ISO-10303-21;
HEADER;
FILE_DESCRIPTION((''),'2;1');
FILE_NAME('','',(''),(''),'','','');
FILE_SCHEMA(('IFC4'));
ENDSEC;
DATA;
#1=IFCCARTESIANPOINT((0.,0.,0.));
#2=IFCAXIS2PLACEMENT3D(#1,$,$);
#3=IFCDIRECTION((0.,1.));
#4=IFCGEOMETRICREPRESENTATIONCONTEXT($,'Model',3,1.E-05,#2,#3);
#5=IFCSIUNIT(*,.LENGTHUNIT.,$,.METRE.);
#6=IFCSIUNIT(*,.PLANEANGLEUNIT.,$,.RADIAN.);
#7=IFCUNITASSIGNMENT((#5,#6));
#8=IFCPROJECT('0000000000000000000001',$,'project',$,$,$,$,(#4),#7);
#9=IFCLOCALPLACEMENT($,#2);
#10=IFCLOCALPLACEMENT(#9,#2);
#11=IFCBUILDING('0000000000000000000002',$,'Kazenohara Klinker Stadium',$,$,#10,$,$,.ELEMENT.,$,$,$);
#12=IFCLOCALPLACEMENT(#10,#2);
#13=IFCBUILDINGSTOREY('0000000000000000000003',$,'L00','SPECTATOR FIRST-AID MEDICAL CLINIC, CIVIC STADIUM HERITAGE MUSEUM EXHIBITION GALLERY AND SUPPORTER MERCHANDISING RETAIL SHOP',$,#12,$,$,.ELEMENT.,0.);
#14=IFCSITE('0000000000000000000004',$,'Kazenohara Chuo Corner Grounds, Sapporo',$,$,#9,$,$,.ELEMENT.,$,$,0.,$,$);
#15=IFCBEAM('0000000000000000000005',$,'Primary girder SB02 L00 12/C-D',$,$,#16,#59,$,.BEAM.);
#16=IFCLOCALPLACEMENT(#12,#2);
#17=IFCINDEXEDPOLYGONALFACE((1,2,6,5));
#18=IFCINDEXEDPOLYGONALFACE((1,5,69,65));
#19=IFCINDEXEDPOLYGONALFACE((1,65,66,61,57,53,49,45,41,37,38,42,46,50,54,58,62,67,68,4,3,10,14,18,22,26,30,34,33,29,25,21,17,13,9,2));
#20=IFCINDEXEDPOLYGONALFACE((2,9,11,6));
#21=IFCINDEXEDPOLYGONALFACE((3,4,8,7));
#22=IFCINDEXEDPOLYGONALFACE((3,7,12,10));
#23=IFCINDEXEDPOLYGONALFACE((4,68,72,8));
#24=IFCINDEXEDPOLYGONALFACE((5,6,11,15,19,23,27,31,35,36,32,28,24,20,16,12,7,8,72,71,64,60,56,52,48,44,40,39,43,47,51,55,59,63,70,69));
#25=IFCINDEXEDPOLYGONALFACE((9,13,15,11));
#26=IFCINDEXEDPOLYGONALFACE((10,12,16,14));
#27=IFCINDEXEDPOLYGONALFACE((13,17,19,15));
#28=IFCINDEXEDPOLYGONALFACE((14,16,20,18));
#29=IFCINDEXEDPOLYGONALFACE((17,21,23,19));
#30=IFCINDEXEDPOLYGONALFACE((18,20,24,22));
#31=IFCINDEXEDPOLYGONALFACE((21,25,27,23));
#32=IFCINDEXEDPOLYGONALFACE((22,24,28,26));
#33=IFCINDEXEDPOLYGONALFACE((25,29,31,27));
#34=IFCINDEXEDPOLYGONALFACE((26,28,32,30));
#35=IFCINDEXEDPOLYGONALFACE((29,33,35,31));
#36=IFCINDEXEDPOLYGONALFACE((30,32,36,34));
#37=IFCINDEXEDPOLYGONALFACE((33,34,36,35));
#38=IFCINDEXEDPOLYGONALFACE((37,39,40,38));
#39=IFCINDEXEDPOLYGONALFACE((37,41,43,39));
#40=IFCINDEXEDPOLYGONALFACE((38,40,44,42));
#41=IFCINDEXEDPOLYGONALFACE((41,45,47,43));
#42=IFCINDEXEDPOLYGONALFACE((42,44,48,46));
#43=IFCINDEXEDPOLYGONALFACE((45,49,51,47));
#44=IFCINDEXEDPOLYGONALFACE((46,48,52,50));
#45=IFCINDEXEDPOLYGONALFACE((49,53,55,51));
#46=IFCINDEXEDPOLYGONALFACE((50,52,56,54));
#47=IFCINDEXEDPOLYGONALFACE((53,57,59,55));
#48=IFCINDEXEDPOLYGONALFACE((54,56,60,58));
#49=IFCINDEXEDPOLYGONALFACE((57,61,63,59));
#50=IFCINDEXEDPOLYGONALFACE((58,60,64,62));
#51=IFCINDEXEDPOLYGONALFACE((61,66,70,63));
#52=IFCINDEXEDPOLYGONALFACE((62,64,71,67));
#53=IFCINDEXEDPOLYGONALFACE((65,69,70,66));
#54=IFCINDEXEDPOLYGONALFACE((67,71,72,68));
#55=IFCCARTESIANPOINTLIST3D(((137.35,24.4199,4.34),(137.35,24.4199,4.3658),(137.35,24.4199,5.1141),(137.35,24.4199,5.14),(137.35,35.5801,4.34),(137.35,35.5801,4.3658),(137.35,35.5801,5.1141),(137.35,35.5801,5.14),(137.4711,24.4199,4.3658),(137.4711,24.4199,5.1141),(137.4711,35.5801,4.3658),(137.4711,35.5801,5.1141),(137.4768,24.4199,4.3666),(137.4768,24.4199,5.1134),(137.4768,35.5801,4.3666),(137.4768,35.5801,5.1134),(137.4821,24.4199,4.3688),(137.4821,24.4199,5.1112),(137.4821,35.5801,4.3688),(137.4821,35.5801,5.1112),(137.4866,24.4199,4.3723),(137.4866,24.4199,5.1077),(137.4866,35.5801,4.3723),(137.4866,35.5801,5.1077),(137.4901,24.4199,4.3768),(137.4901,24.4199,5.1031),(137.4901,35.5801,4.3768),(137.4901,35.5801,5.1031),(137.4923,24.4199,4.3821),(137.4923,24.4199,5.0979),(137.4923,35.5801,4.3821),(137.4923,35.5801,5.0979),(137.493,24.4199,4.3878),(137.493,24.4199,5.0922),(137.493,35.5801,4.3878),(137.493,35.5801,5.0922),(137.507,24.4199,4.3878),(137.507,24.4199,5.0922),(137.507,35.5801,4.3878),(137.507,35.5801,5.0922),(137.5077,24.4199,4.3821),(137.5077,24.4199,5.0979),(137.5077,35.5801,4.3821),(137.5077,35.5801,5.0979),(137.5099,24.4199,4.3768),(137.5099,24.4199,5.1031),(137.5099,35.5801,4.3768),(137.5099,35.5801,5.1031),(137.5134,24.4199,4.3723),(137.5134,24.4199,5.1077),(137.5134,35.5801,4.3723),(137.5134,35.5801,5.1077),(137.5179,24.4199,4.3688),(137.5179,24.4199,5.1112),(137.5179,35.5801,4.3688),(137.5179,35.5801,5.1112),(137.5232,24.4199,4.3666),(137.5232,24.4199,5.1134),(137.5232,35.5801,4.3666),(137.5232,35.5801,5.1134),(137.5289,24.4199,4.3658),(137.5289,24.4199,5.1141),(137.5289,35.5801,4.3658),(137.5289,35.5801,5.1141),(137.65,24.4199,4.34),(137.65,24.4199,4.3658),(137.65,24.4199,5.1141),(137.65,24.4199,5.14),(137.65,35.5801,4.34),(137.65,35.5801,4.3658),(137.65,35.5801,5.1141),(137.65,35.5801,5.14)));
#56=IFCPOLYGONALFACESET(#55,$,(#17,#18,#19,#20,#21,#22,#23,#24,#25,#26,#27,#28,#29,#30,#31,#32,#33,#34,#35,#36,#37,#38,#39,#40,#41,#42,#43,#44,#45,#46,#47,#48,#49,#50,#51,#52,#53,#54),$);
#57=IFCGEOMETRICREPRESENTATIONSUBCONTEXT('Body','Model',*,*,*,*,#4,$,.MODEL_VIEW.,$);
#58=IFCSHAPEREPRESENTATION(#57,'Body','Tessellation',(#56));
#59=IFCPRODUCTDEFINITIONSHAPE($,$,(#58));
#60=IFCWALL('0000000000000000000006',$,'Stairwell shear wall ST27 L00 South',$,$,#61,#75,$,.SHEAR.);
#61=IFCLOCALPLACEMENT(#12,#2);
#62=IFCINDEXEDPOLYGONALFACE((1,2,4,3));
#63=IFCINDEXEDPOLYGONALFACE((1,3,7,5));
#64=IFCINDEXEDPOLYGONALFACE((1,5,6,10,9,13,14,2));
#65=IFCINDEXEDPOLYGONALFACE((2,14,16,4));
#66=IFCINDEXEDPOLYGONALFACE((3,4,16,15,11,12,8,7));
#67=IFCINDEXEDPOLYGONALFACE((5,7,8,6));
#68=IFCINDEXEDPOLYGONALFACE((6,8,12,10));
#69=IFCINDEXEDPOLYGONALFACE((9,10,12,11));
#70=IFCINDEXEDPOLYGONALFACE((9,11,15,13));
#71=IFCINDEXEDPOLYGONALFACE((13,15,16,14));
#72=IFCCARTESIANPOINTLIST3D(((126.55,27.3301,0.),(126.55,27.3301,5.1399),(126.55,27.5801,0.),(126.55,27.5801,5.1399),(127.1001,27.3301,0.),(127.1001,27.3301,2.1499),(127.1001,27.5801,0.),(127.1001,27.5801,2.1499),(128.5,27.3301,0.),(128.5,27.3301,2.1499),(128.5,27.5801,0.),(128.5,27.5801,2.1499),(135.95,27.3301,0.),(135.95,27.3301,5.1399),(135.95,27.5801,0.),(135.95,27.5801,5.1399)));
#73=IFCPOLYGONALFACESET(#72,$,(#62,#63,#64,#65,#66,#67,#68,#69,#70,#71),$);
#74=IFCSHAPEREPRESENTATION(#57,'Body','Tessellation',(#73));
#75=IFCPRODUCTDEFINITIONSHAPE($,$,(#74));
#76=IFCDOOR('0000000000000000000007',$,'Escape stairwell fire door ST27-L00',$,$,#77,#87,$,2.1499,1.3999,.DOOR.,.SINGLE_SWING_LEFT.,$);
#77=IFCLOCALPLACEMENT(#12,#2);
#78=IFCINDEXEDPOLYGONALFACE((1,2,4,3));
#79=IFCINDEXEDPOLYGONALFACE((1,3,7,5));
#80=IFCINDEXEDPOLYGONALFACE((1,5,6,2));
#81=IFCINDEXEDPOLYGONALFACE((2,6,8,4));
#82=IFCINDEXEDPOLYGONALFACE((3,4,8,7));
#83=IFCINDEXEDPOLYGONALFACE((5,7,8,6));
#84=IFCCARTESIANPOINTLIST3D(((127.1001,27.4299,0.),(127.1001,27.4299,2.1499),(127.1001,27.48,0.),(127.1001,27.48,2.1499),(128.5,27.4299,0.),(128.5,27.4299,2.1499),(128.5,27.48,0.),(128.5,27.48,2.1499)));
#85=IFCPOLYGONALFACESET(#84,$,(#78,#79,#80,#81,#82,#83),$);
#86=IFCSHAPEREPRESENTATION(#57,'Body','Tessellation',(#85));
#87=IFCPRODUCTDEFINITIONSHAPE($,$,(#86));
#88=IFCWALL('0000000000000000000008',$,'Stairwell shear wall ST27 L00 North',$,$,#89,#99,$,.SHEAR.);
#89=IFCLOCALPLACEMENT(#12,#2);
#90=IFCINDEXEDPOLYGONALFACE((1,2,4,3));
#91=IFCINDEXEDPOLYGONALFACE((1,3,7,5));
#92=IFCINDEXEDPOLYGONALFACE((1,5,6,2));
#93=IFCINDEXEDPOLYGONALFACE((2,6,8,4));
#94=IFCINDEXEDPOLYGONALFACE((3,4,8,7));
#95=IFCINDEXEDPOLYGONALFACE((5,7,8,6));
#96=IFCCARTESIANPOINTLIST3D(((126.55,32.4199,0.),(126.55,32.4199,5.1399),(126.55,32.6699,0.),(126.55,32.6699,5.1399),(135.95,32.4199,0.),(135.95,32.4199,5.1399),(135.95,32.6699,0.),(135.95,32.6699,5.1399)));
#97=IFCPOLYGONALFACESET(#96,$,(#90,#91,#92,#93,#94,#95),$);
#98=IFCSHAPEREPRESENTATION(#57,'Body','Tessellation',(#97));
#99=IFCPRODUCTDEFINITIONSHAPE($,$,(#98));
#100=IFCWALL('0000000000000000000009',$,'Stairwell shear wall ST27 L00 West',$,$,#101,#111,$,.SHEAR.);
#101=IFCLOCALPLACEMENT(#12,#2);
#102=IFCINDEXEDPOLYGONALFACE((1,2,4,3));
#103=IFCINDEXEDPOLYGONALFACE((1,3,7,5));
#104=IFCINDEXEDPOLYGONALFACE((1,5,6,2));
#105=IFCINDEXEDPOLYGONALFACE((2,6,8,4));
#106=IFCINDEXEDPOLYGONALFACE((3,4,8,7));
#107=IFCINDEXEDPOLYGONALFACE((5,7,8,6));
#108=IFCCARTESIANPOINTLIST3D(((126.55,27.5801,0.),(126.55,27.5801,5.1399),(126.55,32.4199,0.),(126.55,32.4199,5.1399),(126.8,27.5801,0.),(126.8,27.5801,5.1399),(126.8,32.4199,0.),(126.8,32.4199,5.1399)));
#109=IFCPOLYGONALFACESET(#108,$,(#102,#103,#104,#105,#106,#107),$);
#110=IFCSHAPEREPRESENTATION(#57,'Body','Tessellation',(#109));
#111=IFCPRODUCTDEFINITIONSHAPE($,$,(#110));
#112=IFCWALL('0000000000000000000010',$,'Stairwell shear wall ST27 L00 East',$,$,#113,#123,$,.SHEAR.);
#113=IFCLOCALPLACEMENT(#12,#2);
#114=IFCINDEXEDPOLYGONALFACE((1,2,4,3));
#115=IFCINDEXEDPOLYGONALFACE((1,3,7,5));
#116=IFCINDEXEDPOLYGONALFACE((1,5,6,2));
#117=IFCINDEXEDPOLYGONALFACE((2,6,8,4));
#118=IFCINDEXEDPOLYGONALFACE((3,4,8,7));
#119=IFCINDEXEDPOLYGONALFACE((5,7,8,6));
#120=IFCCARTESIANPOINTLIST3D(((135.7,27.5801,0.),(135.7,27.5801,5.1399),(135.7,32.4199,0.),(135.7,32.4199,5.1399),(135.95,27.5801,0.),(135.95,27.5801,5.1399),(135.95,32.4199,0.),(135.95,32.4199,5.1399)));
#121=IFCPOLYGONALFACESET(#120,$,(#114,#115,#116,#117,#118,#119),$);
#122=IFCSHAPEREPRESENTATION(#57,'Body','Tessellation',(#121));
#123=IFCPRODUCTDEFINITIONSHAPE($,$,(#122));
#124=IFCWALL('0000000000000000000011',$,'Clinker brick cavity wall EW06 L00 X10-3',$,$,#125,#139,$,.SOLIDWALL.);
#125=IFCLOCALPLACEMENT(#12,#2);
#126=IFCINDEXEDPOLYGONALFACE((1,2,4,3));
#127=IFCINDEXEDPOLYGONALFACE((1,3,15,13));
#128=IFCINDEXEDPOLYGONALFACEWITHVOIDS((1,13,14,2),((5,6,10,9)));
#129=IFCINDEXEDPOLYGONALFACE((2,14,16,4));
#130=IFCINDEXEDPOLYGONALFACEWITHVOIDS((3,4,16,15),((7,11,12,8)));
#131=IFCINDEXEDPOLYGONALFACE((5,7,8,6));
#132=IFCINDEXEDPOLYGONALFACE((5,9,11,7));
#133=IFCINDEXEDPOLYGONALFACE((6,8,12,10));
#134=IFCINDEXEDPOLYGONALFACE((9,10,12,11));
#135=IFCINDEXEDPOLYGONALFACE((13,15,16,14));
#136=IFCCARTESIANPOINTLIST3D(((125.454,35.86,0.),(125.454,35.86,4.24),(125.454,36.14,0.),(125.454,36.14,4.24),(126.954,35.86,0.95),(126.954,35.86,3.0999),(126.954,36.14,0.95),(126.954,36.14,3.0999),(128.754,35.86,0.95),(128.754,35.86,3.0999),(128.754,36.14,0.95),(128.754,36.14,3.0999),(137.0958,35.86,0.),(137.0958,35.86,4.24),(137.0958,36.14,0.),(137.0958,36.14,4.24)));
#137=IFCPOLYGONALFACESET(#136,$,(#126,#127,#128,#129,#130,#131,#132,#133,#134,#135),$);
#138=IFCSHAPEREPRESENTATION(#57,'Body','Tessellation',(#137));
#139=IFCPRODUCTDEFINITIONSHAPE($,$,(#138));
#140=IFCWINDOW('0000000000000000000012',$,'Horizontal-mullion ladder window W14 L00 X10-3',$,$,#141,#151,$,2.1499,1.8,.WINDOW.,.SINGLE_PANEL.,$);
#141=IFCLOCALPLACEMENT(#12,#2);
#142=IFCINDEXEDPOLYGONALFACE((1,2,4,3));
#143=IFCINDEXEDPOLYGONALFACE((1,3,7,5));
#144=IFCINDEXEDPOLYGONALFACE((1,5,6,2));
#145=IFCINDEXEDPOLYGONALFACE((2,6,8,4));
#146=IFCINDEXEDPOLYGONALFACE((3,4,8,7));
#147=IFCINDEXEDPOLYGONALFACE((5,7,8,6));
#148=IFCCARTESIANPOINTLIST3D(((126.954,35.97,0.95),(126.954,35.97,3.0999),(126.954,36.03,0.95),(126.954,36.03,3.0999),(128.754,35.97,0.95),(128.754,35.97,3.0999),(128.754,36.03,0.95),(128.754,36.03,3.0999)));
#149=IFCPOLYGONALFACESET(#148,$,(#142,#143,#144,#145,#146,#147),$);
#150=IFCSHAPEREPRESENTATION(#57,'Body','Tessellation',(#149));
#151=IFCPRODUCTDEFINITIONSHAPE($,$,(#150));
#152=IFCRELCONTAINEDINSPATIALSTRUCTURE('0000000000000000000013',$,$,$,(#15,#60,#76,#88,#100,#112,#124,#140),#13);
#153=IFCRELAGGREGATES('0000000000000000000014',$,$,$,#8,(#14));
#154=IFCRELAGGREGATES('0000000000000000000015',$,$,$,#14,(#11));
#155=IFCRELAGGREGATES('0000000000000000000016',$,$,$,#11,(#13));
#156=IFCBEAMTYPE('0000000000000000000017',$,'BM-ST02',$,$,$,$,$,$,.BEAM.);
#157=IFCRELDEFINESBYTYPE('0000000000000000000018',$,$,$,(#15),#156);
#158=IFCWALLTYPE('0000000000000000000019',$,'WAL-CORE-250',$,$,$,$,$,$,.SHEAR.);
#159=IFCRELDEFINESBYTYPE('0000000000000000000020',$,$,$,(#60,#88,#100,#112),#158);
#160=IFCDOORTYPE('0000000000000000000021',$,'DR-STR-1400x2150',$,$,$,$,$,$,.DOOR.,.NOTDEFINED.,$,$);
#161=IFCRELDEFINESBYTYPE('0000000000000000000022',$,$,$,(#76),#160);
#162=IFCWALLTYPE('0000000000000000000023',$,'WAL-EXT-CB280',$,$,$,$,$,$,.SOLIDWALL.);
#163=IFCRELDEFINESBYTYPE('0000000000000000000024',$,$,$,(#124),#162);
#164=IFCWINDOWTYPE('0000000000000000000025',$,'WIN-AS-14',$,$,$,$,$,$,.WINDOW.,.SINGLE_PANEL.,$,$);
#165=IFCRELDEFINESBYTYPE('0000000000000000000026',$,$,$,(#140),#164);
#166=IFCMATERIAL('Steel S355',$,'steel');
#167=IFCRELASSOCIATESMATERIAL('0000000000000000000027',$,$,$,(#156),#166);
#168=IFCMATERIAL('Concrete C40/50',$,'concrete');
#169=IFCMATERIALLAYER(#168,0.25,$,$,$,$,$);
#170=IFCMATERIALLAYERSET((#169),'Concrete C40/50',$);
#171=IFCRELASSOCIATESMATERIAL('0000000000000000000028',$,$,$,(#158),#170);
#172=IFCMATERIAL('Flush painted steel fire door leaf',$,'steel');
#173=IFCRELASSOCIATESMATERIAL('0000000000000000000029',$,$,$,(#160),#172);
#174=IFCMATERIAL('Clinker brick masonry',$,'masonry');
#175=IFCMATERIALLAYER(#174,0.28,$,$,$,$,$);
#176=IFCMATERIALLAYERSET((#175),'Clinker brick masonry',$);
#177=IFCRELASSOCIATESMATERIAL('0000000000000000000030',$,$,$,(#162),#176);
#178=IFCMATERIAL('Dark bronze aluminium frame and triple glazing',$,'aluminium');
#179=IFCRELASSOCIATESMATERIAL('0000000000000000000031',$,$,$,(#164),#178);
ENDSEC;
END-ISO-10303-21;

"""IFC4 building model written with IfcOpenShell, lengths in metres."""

from ifc_helpers import new_model, si_unit, direction, frame, frame_2d, origin, origin_2d, place, context, subcontext, project, spatial, rectangle, i_section, extrude, material, layer, layer_set, material_profile, profile_set, type_object, element, fill, save


model = new_model("IFC4")

# Units and contexts
model_context = context("Model", 3, precision=1e-05, world=origin(), true_north=direction((0.0, 1.0)))
body_context = subcontext(model_context, "Body", "Model", "MODEL_VIEW")
ifc_project = project(units=[si_unit("LENGTHUNIT", "METRE"), si_unit("PLANEANGLEUNIT", "RADIAN")], contexts=[model_context])

# Site, building, storey
site_placement = place(None, origin())
site = spatial("IfcSite", under=ifc_project, at=site_placement, Name="Kazenohara Chuo Corner Grounds, Sapporo", CompositionType="ELEMENT", RefElevation=0.0)
building_placement = place(site_placement, origin())
building = spatial("IfcBuilding", under=site, at=building_placement, Name="Kazenohara Klinker Stadium", CompositionType="ELEMENT")
storey_placement = place(building_placement, origin())
storey = spatial("IfcBuildingStorey", under=building, at=storey_placement, Name="L00", Description="SPECTATOR FIRST-AID MEDICAL CLINIC, CIVIC STADIUM HERITAGE MUSEUM EXHIBITION GALLERY AND SUPPORTER MERCHANDISING RETAIL SHOP", CompositionType="ELEMENT", Elevation=0.0)

# Shared definitions
ifc_material_1 = material(Name="Concrete C40/50", Category="concrete")

# Beam
ifc_material_2 = material(Name="Steel S355", Category="steel")
ifc_material_profile_1 = material_profile(ifc_material_2, i_section(OverallWidth=0.3, OverallDepth=0.8, WebThickness=0.0139, FlangeThickness=0.0259, FilletRadius=0.022, at=origin_2d()), Name="H-800x300x14x26")
ifc_profile_set_1 = profile_set([ifc_material_profile_1], Name="Steel S355")
beam_type_1 = type_object("IfcBeamType", Name="BM-ST02", PredefinedType="BEAM", material=ifc_profile_set_1)
beam_1_placement = place(storey_placement, frame((137.5, 24.4199, 4.74), z_axis=(0.0, 1.0, 0.0), x_axis=(-1.0, 0.0, 0.0)))
element("IfcBeam", 1, at=beam_1_placement, inside=storey, type_object=beam_type_1, Name="Primary girder SB02 L00 12/C-D", PredefinedType="BEAM", context=body_context, shape_type="SweptSolid", body=[
    extrude(i_section(OverallWidth=0.3, OverallDepth=0.8, WebThickness=0.0139, FlangeThickness=0.0259, FilletRadius=0.022, at=origin_2d()), origin(), (0.0, 0.0, 1.0), 11.1602),
])

# Wall, opening, door
ifc_layer_1 = layer(ifc_material_1, 0.25)
ifc_layer_set_1 = layer_set([ifc_layer_1], Name="Concrete C40/50")
wall_type_1 = type_object("IfcWallType", Name="WAL-CORE-250", PredefinedType="SHEAR", material=ifc_layer_set_1)
wall_1_placement = place(storey_placement, frame((126.55, 27.4551, 0.0), z_axis=(0.0, 0.0, 1.0), x_axis=(1.0, 0.0, 0.0)))
wall_1 = element("IfcWall", 2, at=wall_1_placement, inside=storey, type_object=wall_type_1, Name="Stairwell shear wall ST27 L00 South", PredefinedType="SHEAR", context=body_context, shape_type="SweptSolid", body=[
    extrude(rectangle(XDim=9.3999, YDim=0.25, at=frame_2d((4.7, 0.0))), origin(), (0.0, 0.0, 1.0), 5.1399),
])
opening_1_placement = place(wall_1_placement, frame((0.55, 0.0, 0.0)))
opening_1 = element("IfcOpeningElement", 3, at=opening_1_placement, cuts=wall_1, PredefinedType="OPENING", context=body_context, shape_type="SweptSolid", body=[
    extrude(rectangle(XDim=1.3999, YDim=2.1499, at=frame_2d((0.7, 1.075))), frame((0.0, 0.135, 0.0), z_axis=(0.0, -1.0, 0.0), x_axis=(1.0, 0.0, 0.0)), (0.0, 0.0, 1.0), 0.27),
])
ifc_material_3 = material(Name="Flush painted steel fire door leaf", Category="steel")
door_type_1 = type_object("IfcDoorType", Name="DR-STR-1400x2150", OperationType="NOTDEFINED", PredefinedType="DOOR", material=ifc_material_3)
door_1_placement = place(opening_1_placement, origin())
door_1 = element("IfcDoor", 4, at=door_1_placement, inside=storey, type_object=door_type_1, Name="Escape stairwell fire door ST27-L00", OperationType="SINGLE_SWING_LEFT", OverallHeight=2.1499, OverallWidth=1.3999, PredefinedType="DOOR", context=body_context, shape_type="SweptSolid", body=[
    extrude(rectangle(XDim=1.3999, YDim=2.1499, at=frame_2d((0.7, 1.075))), frame((0.0, 0.0249, 0.0), z_axis=(0.0, -1.0, 0.0), x_axis=(1.0, 0.0, 0.0)), (0.0, 0.0, 1.0), 0.05),
])
fill(opening_1, door_1)

# Walls
wall_2_placement = place(storey_placement, frame((126.55, 32.5449, 0.0), z_axis=(0.0, 0.0, 1.0), x_axis=(1.0, 0.0, 0.0)))
element("IfcWall", 5, at=wall_2_placement, inside=storey, type_object=wall_type_1, Name="Stairwell shear wall ST27 L00 North", PredefinedType="SHEAR", context=body_context, shape_type="SweptSolid", body=[
    extrude(rectangle(XDim=9.3999, YDim=0.25, at=frame_2d((4.7, 0.0))), origin(), (0.0, 0.0, 1.0), 5.1399),
])
for number, where, z_axis, x_axis, name in (
    (6, (126.675, 27.5801, 0.0), (0.0, 0.0, 1.0), (0.0, 1.0, 0.0), "Stairwell shear wall ST27 L00 West"),
    (7, (135.825, 27.5801, 0.0), (0.0, 0.0, 1.0), (0.0, 1.0, 0.0), "Stairwell shear wall ST27 L00 East"),
):
    element("IfcWall", number, at=place(storey_placement, frame(where, z_axis=z_axis, x_axis=x_axis)), inside=storey, type_object=wall_type_1, Name=name, PredefinedType="SHEAR", context=body_context, shape_type="SweptSolid", body=[
        extrude(rectangle(XDim=4.8398, YDim=0.25, at=frame_2d((2.4199, 0.0))), origin(), (0.0, 0.0, 1.0), 5.1399),
    ])

# Wall, opening, window
ifc_material_4 = material(Name="Clinker brick masonry", Category="masonry")
ifc_layer_2 = layer(ifc_material_4, 0.28)
ifc_layer_set_2 = layer_set([ifc_layer_2], Name="Clinker brick masonry")
wall_type_2 = type_object("IfcWallType", Name="WAL-EXT-CB280", PredefinedType="SOLIDWALL", material=ifc_layer_set_2)
wall_3_placement = place(storey_placement, frame((125.4541, 36.0, 0.0), z_axis=(0.0, 0.0, 1.0), x_axis=(1.0, 0.0, 0.0)))
wall_3 = element("IfcWall", 8, at=wall_3_placement, inside=storey, type_object=wall_type_2, Name="Clinker brick cavity wall EW06 L00 X10-3", PredefinedType="SOLIDWALL", context=body_context, shape_type="SweptSolid", body=[
    extrude(rectangle(XDim=11.6418, YDim=0.28, at=frame_2d((5.8208, 0.0))), origin(), (0.0, 0.0, 1.0), 4.24),
])
opening_2_placement = place(wall_3_placement, frame((1.5, 0.0, 0.95)))
opening_2 = element("IfcOpeningElement", 9, at=opening_2_placement, cuts=wall_3, PredefinedType="OPENING", context=body_context, shape_type="SweptSolid", body=[
    extrude(rectangle(XDim=1.8, YDim=2.1499, at=frame_2d((0.8999, 1.075))), frame((0.0, 0.1499, 0.0), z_axis=(0.0, -1.0, 0.0), x_axis=(1.0, 0.0, 0.0)), (0.0, 0.0, 1.0), 0.3),
])
ifc_material_5 = material(Name="Dark bronze aluminium frame and triple glazing", Category="aluminium")
window_type_1 = type_object("IfcWindowType", Name="WIN-AS-14", PartitioningType="SINGLE_PANEL", PredefinedType="WINDOW", material=ifc_material_5)
window_1_placement = place(opening_2_placement, origin())
window_1 = element("IfcWindow", 10, at=window_1_placement, inside=storey, type_object=window_type_1, Name="Horizontal-mullion ladder window W14 L00 X10-3", OverallHeight=2.1499, OverallWidth=1.8, PartitioningType="SINGLE_PANEL", PredefinedType="WINDOW", context=body_context, shape_type="SweptSolid", body=[
    extrude(rectangle(XDim=1.8, YDim=2.1499, at=frame_2d((0.8999, 1.075))), frame((0.0, 0.03, 0.0), z_axis=(0.0, -1.0, 0.0), x_axis=(1.0, 0.0, 0.0)), (0.0, 0.0, 1.0), 0.0601),
])
fill(opening_2, window_1)

save(model, "model.ifc")
